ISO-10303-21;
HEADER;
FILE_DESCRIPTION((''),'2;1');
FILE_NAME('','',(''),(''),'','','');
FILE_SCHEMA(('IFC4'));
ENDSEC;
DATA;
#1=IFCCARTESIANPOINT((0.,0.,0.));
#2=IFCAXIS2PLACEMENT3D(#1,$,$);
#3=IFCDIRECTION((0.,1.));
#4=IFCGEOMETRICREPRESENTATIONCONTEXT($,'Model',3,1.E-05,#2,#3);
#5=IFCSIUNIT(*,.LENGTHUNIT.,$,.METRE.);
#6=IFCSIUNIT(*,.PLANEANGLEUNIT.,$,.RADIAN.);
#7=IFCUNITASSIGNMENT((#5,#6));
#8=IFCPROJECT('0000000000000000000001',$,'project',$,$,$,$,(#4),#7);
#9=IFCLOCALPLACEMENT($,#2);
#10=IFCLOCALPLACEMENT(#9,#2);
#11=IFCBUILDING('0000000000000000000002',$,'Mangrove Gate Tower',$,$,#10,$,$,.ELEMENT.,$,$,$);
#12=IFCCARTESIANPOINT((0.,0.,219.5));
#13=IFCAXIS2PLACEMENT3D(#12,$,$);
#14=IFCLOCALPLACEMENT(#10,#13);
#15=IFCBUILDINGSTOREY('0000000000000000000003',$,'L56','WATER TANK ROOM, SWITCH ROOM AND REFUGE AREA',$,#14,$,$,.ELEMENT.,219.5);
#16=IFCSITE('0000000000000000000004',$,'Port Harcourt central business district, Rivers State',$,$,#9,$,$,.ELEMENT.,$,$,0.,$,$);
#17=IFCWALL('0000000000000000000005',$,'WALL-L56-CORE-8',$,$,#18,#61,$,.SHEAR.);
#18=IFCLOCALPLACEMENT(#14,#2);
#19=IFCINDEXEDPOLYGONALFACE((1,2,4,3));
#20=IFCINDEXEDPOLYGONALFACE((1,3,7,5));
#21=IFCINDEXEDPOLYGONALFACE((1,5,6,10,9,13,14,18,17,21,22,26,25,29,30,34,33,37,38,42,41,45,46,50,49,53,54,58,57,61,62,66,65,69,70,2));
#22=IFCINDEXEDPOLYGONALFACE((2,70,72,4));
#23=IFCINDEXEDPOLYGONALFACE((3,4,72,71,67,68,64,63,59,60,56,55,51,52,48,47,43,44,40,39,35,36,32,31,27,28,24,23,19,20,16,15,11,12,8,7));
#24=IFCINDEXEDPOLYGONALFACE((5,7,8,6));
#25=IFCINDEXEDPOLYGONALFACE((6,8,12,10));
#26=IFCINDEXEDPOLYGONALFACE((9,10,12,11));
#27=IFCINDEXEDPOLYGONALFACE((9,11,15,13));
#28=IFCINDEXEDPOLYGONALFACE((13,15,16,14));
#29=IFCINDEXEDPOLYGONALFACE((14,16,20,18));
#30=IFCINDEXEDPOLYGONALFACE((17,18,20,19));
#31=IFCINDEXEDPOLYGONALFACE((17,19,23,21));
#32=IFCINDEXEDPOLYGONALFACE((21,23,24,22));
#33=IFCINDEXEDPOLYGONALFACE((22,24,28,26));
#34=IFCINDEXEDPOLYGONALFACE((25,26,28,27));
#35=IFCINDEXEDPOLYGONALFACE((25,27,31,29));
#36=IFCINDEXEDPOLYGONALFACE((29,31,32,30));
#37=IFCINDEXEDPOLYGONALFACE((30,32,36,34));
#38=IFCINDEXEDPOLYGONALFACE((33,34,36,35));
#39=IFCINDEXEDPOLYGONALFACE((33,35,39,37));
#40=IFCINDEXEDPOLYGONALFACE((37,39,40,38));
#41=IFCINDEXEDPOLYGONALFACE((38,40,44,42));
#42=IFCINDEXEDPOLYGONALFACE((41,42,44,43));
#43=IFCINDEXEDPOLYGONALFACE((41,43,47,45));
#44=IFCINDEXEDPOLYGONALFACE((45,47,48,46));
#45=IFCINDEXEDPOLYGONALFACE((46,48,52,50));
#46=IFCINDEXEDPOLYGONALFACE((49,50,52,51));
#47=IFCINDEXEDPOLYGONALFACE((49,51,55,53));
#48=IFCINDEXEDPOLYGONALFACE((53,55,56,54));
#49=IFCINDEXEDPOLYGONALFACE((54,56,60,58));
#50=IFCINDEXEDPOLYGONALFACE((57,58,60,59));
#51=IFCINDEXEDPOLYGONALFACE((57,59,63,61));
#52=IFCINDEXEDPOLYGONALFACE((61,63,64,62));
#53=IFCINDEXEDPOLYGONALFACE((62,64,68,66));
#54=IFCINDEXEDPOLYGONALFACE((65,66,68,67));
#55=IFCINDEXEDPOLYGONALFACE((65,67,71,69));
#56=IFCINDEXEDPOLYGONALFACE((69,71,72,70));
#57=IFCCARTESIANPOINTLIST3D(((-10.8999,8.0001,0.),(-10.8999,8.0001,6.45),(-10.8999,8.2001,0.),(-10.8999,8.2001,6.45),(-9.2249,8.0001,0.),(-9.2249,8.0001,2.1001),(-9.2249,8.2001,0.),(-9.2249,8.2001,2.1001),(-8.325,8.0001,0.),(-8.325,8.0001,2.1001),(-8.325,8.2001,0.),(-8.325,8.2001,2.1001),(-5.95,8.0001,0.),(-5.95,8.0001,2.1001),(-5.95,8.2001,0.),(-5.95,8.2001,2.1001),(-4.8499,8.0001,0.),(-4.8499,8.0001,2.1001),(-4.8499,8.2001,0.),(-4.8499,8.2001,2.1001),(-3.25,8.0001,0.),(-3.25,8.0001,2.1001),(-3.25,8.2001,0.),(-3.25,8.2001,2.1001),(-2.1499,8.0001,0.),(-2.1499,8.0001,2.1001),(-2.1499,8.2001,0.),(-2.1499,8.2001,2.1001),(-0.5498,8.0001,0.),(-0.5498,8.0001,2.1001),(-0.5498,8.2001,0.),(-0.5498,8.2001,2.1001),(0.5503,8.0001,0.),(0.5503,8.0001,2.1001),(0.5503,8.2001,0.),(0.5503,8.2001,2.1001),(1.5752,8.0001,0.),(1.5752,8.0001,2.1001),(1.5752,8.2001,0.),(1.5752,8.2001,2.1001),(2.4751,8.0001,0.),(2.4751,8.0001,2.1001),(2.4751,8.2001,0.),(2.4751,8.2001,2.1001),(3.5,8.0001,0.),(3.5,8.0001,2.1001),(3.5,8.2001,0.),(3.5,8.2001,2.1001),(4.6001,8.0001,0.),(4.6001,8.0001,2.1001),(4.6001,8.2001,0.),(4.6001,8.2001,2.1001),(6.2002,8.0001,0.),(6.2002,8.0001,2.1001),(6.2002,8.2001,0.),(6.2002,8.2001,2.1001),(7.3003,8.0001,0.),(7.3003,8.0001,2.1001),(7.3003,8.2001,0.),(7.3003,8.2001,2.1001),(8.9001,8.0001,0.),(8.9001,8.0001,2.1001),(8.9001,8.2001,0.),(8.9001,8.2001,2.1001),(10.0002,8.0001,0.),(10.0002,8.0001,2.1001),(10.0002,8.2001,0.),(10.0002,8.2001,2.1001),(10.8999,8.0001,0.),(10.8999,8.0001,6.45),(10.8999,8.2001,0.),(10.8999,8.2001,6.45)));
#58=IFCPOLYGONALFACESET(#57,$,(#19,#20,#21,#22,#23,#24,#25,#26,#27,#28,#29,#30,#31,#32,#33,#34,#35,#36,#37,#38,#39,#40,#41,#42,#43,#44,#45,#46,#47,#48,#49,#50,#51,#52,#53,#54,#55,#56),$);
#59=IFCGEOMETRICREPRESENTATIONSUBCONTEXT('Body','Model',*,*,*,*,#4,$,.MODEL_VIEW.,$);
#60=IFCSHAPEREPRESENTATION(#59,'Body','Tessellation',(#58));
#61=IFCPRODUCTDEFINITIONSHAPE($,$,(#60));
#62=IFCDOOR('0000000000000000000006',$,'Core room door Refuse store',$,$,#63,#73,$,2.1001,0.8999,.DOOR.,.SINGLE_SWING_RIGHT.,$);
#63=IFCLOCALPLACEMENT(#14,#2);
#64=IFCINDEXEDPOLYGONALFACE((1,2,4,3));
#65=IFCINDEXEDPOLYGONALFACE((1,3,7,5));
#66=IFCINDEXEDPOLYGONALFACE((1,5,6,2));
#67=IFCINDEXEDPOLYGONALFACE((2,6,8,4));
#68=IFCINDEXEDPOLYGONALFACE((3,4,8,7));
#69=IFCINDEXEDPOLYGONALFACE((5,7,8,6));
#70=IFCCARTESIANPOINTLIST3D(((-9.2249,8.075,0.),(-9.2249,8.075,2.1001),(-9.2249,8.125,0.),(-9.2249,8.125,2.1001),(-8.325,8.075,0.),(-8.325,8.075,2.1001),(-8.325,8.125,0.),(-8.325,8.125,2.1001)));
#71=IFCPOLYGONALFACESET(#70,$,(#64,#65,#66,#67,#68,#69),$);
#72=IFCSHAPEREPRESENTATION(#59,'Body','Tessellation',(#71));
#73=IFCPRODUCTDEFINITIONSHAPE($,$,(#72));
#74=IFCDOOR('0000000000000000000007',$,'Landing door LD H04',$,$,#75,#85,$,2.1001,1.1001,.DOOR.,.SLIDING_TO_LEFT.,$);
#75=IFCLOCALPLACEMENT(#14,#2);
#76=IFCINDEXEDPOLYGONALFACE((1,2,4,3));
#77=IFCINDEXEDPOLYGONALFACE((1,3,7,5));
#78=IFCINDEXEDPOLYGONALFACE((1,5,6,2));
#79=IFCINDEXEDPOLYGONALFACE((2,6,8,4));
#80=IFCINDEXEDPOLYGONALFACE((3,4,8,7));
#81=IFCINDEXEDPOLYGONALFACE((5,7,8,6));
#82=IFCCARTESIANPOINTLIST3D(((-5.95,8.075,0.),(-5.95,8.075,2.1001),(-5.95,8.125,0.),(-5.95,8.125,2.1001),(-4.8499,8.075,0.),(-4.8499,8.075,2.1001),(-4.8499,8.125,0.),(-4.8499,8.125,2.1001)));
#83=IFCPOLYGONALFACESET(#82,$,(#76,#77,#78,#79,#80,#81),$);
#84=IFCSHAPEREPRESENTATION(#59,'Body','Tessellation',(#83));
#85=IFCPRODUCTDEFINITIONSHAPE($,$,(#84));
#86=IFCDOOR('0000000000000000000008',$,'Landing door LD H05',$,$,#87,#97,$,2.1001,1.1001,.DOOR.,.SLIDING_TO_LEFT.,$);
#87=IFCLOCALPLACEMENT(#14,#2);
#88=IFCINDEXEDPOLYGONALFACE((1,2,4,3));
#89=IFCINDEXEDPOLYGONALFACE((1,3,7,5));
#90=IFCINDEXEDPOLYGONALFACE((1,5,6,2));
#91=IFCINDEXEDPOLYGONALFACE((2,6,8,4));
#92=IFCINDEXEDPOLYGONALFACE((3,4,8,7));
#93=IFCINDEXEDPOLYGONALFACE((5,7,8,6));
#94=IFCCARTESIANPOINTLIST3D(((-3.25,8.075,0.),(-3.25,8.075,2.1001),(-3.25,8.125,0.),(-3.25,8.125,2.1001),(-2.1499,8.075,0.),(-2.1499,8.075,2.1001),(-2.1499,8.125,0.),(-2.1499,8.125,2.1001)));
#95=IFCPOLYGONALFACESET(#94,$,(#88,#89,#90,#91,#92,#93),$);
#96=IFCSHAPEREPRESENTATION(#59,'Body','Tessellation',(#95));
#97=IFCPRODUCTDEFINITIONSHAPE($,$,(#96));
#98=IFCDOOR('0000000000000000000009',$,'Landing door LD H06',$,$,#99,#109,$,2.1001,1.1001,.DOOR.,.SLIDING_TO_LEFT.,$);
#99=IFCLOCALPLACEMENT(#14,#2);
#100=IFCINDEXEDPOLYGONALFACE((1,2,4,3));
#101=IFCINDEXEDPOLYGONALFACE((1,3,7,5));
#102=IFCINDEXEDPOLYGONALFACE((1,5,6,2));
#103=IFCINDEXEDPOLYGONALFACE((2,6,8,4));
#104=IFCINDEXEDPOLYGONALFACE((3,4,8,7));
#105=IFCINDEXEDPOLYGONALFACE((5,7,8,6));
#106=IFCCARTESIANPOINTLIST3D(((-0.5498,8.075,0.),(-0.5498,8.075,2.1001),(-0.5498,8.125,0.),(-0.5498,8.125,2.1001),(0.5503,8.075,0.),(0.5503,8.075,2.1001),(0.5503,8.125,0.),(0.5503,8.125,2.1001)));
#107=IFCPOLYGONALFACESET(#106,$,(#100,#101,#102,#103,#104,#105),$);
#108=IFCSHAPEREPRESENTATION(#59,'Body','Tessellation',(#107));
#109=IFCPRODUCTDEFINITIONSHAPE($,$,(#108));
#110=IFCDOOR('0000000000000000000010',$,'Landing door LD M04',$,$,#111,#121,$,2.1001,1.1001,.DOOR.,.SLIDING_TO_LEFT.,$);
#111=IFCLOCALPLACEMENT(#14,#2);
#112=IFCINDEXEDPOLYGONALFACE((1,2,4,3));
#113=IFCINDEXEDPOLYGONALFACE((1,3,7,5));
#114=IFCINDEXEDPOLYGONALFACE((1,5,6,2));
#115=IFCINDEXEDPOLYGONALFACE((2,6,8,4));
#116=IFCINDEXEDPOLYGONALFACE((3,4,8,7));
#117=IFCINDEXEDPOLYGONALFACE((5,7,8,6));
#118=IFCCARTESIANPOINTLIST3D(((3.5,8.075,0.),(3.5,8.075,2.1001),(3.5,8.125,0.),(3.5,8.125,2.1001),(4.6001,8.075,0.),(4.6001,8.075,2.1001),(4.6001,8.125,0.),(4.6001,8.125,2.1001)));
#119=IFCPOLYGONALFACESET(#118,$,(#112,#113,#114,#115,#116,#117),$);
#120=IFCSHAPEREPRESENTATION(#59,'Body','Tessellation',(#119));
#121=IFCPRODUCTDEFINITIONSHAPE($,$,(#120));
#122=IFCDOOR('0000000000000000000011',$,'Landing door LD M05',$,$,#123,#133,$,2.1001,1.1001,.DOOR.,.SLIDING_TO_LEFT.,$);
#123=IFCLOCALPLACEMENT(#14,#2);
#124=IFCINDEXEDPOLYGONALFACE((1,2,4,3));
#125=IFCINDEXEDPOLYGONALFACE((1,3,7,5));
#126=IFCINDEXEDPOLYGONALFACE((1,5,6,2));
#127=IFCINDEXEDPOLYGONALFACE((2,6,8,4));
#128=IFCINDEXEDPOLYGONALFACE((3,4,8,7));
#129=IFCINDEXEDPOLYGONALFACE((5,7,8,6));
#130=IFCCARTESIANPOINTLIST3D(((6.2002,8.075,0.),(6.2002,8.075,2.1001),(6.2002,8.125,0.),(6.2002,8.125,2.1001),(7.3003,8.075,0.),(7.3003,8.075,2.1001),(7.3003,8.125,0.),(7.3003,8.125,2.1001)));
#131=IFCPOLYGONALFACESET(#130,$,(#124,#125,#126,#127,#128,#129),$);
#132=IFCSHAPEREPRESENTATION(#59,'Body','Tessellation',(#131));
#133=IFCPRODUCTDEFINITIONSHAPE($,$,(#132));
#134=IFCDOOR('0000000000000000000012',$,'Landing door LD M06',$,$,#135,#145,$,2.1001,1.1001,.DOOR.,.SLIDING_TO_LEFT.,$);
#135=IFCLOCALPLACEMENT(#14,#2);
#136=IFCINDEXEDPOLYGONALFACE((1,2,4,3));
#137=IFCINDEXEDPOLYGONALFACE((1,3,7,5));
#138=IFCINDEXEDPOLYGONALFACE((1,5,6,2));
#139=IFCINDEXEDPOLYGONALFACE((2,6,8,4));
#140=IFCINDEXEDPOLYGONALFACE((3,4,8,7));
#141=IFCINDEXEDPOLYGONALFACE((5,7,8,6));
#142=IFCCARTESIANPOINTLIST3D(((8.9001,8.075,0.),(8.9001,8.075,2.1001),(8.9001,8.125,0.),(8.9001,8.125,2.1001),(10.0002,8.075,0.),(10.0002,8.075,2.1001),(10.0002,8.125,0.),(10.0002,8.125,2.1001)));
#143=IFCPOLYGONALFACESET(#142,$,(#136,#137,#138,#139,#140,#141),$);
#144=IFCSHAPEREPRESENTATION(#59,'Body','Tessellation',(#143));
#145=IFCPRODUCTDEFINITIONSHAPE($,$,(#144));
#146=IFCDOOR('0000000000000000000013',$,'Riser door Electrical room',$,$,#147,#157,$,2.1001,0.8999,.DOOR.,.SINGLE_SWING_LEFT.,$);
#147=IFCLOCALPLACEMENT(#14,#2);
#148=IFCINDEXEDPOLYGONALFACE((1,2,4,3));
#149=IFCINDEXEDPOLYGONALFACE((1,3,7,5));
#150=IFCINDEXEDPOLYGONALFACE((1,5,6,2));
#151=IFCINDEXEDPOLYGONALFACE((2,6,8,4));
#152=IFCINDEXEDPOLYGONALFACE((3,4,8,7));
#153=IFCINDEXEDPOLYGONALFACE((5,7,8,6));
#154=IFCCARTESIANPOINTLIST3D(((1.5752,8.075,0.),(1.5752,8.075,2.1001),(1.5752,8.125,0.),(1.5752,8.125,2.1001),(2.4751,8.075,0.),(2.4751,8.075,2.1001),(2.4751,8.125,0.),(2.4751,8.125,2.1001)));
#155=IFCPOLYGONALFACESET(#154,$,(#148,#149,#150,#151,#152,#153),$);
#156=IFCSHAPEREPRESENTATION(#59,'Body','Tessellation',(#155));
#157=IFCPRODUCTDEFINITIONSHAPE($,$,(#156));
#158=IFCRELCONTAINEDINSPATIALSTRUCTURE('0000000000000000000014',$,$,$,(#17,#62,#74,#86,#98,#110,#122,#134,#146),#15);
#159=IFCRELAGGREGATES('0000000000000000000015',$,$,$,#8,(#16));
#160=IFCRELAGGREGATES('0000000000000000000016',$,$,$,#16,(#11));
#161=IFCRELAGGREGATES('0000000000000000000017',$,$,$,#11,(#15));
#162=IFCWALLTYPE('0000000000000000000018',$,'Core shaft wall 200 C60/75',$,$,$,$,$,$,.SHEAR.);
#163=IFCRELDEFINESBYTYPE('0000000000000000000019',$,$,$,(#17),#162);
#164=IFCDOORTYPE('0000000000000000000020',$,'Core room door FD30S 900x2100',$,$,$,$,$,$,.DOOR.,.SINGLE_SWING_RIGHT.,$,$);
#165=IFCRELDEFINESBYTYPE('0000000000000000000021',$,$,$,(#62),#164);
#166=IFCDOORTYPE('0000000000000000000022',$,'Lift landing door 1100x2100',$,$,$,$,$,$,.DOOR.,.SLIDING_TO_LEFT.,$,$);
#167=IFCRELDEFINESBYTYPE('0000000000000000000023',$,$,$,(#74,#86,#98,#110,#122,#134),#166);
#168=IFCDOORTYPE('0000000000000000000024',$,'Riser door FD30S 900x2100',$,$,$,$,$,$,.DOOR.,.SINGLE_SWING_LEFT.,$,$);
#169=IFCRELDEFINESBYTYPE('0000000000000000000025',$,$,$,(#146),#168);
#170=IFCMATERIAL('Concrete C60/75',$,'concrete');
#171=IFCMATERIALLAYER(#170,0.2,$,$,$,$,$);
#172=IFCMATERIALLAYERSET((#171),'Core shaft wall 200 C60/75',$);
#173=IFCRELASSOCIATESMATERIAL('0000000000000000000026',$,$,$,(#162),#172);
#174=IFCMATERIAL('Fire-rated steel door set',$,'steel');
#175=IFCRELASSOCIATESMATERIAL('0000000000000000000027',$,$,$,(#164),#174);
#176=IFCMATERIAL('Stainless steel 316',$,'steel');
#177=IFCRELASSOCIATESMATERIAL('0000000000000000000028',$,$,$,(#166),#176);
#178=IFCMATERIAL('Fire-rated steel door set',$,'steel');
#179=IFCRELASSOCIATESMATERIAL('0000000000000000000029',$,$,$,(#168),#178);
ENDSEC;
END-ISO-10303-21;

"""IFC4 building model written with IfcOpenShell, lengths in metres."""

from ifc_helpers import new_model, si_unit, direction, frame, frame_2d, origin, place, context, subcontext, project, spatial, rectangle, extrude, material, layer, layer_set, type_object, element, fill, save


model = new_model("IFC4")

# Units and contexts
model_context = context("Model", 3, precision=1e-05, world=origin(), true_north=direction((0.0, 1.0)))
body_context = subcontext(model_context, "Body", "Model", "MODEL_VIEW")
ifc_project = project(units=[si_unit("LENGTHUNIT", "METRE"), si_unit("PLANEANGLEUNIT", "RADIAN")], contexts=[model_context])

# Site, building, storey
site_placement = place(None, origin())
site = spatial("IfcSite", under=ifc_project, at=site_placement, Name="Port Harcourt central business district, Rivers State", CompositionType="ELEMENT", RefElevation=0.0)
building_placement = place(site_placement, origin())
building = spatial("IfcBuilding", under=site, at=building_placement, Name="Mangrove Gate Tower", CompositionType="ELEMENT")
storey_placement = place(building_placement, frame((0.0, 0.0, 219.5)))
storey = spatial("IfcBuildingStorey", under=building, at=storey_placement, Name="L56", Description="WATER TANK ROOM, SWITCH ROOM AND REFUGE AREA", CompositionType="ELEMENT", Elevation=219.5)

# Wall, openings, doors
ifc_material_1 = material(Name="Concrete C60/75", Category="concrete")
ifc_layer_1 = layer(ifc_material_1, 0.2)
ifc_layer_set_1 = layer_set([ifc_layer_1], Name="Core shaft wall 200 C60/75")
wall_type_1 = type_object("IfcWallType", Name="Core shaft wall 200 C60/75", PredefinedType="SHEAR", material=ifc_layer_set_1)
ifc_material_2 = material(Name="Fire-rated steel door set", Category="steel")
door_type_1 = type_object("IfcDoorType", Name="Core room door FD30S 900x2100", OperationType="SINGLE_SWING_RIGHT", PredefinedType="DOOR", material=ifc_material_2)
ifc_material_3 = material(Name="Stainless steel 316", Category="steel")
door_type_2 = type_object("IfcDoorType", Name="Lift landing door 1100x2100", OperationType="SLIDING_TO_LEFT", PredefinedType="DOOR", material=ifc_material_3)
wall_1_placement = place(storey_placement, frame((-10.8999, 8.1001, 0.0), z_axis=(0.0, 0.0, 1.0), x_axis=(1.0, 0.0, 0.0)))
wall_1 = element("IfcWall", 1, at=wall_1_placement, inside=storey, type_object=wall_type_1, Name="WALL-L56-CORE-8", PredefinedType="SHEAR", context=body_context, shape_type="SweptSolid", body=[
    extrude(rectangle(XDim=21.7998, YDim=0.2, at=frame_2d((10.8999, 0.0))), origin(), (0.0, 0.0, 1.0), 6.45),
])
opening_1_placement = place(wall_1_placement, frame((4.95, 0.0, 0.0)))
opening_1 = element("IfcOpeningElement", 2, at=opening_1_placement, cuts=wall_1, PredefinedType="OPENING", context=body_context, shape_type="SweptSolid", body=[
    extrude(rectangle(XDim=1.1001, YDim=2.1001, at=frame_2d((0.55, 1.05))), frame((0.0, 0.1099, 0.0), z_axis=(0.0, -1.0, 0.0), x_axis=(1.0, 0.0, 0.0)), (0.0, 0.0, 1.0), 0.22),
])
opening_2_placement = place(wall_1_placement, frame((7.6499, 0.0, 0.0)))
opening_2 = element("IfcOpeningElement", 3, at=opening_2_placement, cuts=wall_1, PredefinedType="OPENING", context=body_context, shape_type="SweptSolid", body=[
    extrude(rectangle(XDim=1.1001, YDim=2.1001, at=frame_2d((0.55, 1.05))), frame((0.0, 0.1099, 0.0), z_axis=(0.0, -1.0, 0.0), x_axis=(1.0, 0.0, 0.0)), (0.0, 0.0, 1.0), 0.22),
])
opening_3_placement = place(wall_1_placement, frame((10.3501, 0.0, 0.0)))
opening_3 = element("IfcOpeningElement", 4, at=opening_3_placement, cuts=wall_1, PredefinedType="OPENING", context=body_context, shape_type="SweptSolid", body=[
    extrude(rectangle(XDim=1.1001, YDim=2.1001, at=frame_2d((0.55, 1.05))), frame((0.0, 0.1099, 0.0), z_axis=(0.0, -1.0, 0.0), x_axis=(1.0, 0.0, 0.0)), (0.0, 0.0, 1.0), 0.22),
])
opening_4_placement = place(wall_1_placement, frame((14.3999, 0.0, 0.0)))
opening_4 = element("IfcOpeningElement", 5, at=opening_4_placement, cuts=wall_1, PredefinedType="OPENING", context=body_context, shape_type="SweptSolid", body=[
    extrude(rectangle(XDim=1.1001, YDim=2.1001, at=frame_2d((0.55, 1.05))), frame((0.0, 0.1099, 0.0), z_axis=(0.0, -1.0, 0.0), x_axis=(1.0, 0.0, 0.0)), (0.0, 0.0, 1.0), 0.22),
])
opening_5_placement = place(wall_1_placement, frame((17.1001, 0.0, 0.0)))
opening_5 = element("IfcOpeningElement", 6, at=opening_5_placement, cuts=wall_1, PredefinedType="OPENING", context=body_context, shape_type="SweptSolid", body=[
    extrude(rectangle(XDim=1.1001, YDim=2.1001, at=frame_2d((0.55, 1.05))), frame((0.0, 0.1099, 0.0), z_axis=(0.0, -1.0, 0.0), x_axis=(1.0, 0.0, 0.0)), (0.0, 0.0, 1.0), 0.22),
])
opening_6_placement = place(wall_1_placement, frame((19.8, 0.0, 0.0)))
opening_6 = element("IfcOpeningElement", 7, at=opening_6_placement, cuts=wall_1, PredefinedType="OPENING", context=body_context, shape_type="SweptSolid", body=[
    extrude(rectangle(XDim=1.1001, YDim=2.1001, at=frame_2d((0.55, 1.05))), frame((0.0, 0.1099, 0.0), z_axis=(0.0, -1.0, 0.0), x_axis=(1.0, 0.0, 0.0)), (0.0, 0.0, 1.0), 0.22),
])
opening_7_placement = place(wall_1_placement, frame((1.675, 0.0, 0.0)))
opening_7 = element("IfcOpeningElement", 8, at=opening_7_placement, cuts=wall_1, PredefinedType="OPENING", context=body_context, shape_type="SweptSolid", body=[
    extrude(rectangle(XDim=0.8999, YDim=2.1001, at=frame_2d((0.45, 1.05))), frame((0.0, 0.1099, 0.0), z_axis=(0.0, -1.0, 0.0), x_axis=(1.0, 0.0, 0.0)), (0.0, 0.0, 1.0), 0.22),
])
opening_8_placement = place(wall_1_placement, frame((12.4751, 0.0, 0.0)))
opening_8 = element("IfcOpeningElement", 9, at=opening_8_placement, cuts=wall_1, PredefinedType="OPENING", context=body_context, shape_type="SweptSolid", body=[
    extrude(rectangle(XDim=0.8999, YDim=2.1001, at=frame_2d((0.45, 1.05))), frame((0.0, 0.1099, 0.0), z_axis=(0.0, -1.0, 0.0), x_axis=(1.0, 0.0, 0.0)), (0.0, 0.0, 1.0), 0.22),
])
door_1_placement = place(opening_7_placement, origin())
door_1 = element("IfcDoor", 10, at=door_1_placement, inside=storey, type_object=door_type_1, Name="Core room door Refuse store", OperationType="SINGLE_SWING_RIGHT", OverallHeight=2.1001, OverallWidth=0.8999, PredefinedType="DOOR", context=body_context, shape_type="SweptSolid", body=[
    extrude(rectangle(XDim=0.8999, YDim=2.1001, at=frame_2d((0.45, 1.05))), frame((0.0, 0.0249, 0.0), z_axis=(0.0, -1.0, 0.0), x_axis=(1.0, 0.0, 0.0)), (0.0, 0.0, 1.0), 0.05),
])
fill(opening_7, door_1)
door_2_placement = place(opening_1_placement, origin())
door_2 = element("IfcDoor", 11, at=door_2_placement, inside=storey, type_object=door_type_2, Name="Landing door LD H04", OperationType="SLIDING_TO_LEFT", OverallHeight=2.1001, OverallWidth=1.1001, PredefinedType="DOOR", context=body_context, shape_type="SweptSolid", body=[
    extrude(rectangle(XDim=1.1001, YDim=2.1001, at=frame_2d((0.55, 1.05))), frame((0.0, 0.0249, 0.0), z_axis=(0.0, -1.0, 0.0), x_axis=(1.0, 0.0, 0.0)), (0.0, 0.0, 1.0), 0.05),
])
fill(opening_1, door_2)
door_3_placement = place(opening_2_placement, origin())
door_3 = element("IfcDoor", 12, at=door_3_placement, inside=storey, type_object=door_type_2, Name="Landing door LD H05", OperationType="SLIDING_TO_LEFT", OverallHeight=2.1001, OverallWidth=1.1001, PredefinedType="DOOR", context=body_context, shape_type="SweptSolid", body=[
    extrude(rectangle(XDim=1.1001, YDim=2.1001, at=frame_2d((0.55, 1.05))), frame((0.0, 0.0249, 0.0), z_axis=(0.0, -1.0, 0.0), x_axis=(1.0, 0.0, 0.0)), (0.0, 0.0, 1.0), 0.05),
])
fill(opening_2, door_3)
door_4_placement = place(opening_3_placement, origin())
door_4 = element("IfcDoor", 13, at=door_4_placement, inside=storey, type_object=door_type_2, Name="Landing door LD H06", OperationType="SLIDING_TO_LEFT", OverallHeight=2.1001, OverallWidth=1.1001, PredefinedType="DOOR", context=body_context, shape_type="SweptSolid", body=[
    extrude(rectangle(XDim=1.1001, YDim=2.1001, at=frame_2d((0.55, 1.05))), frame((0.0, 0.0249, 0.0), z_axis=(0.0, -1.0, 0.0), x_axis=(1.0, 0.0, 0.0)), (0.0, 0.0, 1.0), 0.05),
])
fill(opening_3, door_4)
door_5_placement = place(opening_4_placement, origin())
door_5 = element("IfcDoor", 14, at=door_5_placement, inside=storey, type_object=door_type_2, Name="Landing door LD M04", OperationType="SLIDING_TO_LEFT", OverallHeight=2.1001, OverallWidth=1.1001, PredefinedType="DOOR", context=body_context, shape_type="SweptSolid", body=[
    extrude(rectangle(XDim=1.1001, YDim=2.1001, at=frame_2d((0.55, 1.05))), frame((0.0, 0.0249, 0.0), z_axis=(0.0, -1.0, 0.0), x_axis=(1.0, 0.0, 0.0)), (0.0, 0.0, 1.0), 0.05),
])
fill(opening_4, door_5)
door_6_placement = place(opening_5_placement, origin())
door_6 = element("IfcDoor", 15, at=door_6_placement, inside=storey, type_object=door_type_2, Name="Landing door LD M05", OperationType="SLIDING_TO_LEFT", OverallHeight=2.1001, OverallWidth=1.1001, PredefinedType="DOOR", context=body_context, shape_type="SweptSolid", body=[
    extrude(rectangle(XDim=1.1001, YDim=2.1001, at=frame_2d((0.55, 1.05))), frame((0.0, 0.0249, 0.0), z_axis=(0.0, -1.0, 0.0), x_axis=(1.0, 0.0, 0.0)), (0.0, 0.0, 1.0), 0.05),
])
fill(opening_5, door_6)
door_7_placement = place(opening_6_placement, origin())
door_7 = element("IfcDoor", 16, at=door_7_placement, inside=storey, type_object=door_type_2, Name="Landing door LD M06", OperationType="SLIDING_TO_LEFT", OverallHeight=2.1001, OverallWidth=1.1001, PredefinedType="DOOR", context=body_context, shape_type="SweptSolid", body=[
    extrude(rectangle(XDim=1.1001, YDim=2.1001, at=frame_2d((0.55, 1.05))), frame((0.0, 0.0249, 0.0), z_axis=(0.0, -1.0, 0.0), x_axis=(1.0, 0.0, 0.0)), (0.0, 0.0, 1.0), 0.05),
])
fill(opening_6, door_7)
ifc_material_4 = material(Name="Fire-rated steel door set", Category="steel")
door_type_3 = type_object("IfcDoorType", Name="Riser door FD30S 900x2100", OperationType="SINGLE_SWING_LEFT", PredefinedType="DOOR", material=ifc_material_4)
door_8_placement = place(opening_8_placement, origin())
door_8 = element("IfcDoor", 17, at=door_8_placement, inside=storey, type_object=door_type_3, Name="Riser door Electrical room", OperationType="SINGLE_SWING_LEFT", OverallHeight=2.1001, OverallWidth=0.8999, PredefinedType="DOOR", context=body_context, shape_type="SweptSolid", body=[
    extrude(rectangle(XDim=0.8999, YDim=2.1001, at=frame_2d((0.45, 1.05))), frame((0.0, 0.0249, 0.0), z_axis=(0.0, -1.0, 0.0), x_axis=(1.0, 0.0, 0.0)), (0.0, 0.0, 1.0), 0.05),
])
fill(opening_8, door_8)

save(model, "model.ifc")
